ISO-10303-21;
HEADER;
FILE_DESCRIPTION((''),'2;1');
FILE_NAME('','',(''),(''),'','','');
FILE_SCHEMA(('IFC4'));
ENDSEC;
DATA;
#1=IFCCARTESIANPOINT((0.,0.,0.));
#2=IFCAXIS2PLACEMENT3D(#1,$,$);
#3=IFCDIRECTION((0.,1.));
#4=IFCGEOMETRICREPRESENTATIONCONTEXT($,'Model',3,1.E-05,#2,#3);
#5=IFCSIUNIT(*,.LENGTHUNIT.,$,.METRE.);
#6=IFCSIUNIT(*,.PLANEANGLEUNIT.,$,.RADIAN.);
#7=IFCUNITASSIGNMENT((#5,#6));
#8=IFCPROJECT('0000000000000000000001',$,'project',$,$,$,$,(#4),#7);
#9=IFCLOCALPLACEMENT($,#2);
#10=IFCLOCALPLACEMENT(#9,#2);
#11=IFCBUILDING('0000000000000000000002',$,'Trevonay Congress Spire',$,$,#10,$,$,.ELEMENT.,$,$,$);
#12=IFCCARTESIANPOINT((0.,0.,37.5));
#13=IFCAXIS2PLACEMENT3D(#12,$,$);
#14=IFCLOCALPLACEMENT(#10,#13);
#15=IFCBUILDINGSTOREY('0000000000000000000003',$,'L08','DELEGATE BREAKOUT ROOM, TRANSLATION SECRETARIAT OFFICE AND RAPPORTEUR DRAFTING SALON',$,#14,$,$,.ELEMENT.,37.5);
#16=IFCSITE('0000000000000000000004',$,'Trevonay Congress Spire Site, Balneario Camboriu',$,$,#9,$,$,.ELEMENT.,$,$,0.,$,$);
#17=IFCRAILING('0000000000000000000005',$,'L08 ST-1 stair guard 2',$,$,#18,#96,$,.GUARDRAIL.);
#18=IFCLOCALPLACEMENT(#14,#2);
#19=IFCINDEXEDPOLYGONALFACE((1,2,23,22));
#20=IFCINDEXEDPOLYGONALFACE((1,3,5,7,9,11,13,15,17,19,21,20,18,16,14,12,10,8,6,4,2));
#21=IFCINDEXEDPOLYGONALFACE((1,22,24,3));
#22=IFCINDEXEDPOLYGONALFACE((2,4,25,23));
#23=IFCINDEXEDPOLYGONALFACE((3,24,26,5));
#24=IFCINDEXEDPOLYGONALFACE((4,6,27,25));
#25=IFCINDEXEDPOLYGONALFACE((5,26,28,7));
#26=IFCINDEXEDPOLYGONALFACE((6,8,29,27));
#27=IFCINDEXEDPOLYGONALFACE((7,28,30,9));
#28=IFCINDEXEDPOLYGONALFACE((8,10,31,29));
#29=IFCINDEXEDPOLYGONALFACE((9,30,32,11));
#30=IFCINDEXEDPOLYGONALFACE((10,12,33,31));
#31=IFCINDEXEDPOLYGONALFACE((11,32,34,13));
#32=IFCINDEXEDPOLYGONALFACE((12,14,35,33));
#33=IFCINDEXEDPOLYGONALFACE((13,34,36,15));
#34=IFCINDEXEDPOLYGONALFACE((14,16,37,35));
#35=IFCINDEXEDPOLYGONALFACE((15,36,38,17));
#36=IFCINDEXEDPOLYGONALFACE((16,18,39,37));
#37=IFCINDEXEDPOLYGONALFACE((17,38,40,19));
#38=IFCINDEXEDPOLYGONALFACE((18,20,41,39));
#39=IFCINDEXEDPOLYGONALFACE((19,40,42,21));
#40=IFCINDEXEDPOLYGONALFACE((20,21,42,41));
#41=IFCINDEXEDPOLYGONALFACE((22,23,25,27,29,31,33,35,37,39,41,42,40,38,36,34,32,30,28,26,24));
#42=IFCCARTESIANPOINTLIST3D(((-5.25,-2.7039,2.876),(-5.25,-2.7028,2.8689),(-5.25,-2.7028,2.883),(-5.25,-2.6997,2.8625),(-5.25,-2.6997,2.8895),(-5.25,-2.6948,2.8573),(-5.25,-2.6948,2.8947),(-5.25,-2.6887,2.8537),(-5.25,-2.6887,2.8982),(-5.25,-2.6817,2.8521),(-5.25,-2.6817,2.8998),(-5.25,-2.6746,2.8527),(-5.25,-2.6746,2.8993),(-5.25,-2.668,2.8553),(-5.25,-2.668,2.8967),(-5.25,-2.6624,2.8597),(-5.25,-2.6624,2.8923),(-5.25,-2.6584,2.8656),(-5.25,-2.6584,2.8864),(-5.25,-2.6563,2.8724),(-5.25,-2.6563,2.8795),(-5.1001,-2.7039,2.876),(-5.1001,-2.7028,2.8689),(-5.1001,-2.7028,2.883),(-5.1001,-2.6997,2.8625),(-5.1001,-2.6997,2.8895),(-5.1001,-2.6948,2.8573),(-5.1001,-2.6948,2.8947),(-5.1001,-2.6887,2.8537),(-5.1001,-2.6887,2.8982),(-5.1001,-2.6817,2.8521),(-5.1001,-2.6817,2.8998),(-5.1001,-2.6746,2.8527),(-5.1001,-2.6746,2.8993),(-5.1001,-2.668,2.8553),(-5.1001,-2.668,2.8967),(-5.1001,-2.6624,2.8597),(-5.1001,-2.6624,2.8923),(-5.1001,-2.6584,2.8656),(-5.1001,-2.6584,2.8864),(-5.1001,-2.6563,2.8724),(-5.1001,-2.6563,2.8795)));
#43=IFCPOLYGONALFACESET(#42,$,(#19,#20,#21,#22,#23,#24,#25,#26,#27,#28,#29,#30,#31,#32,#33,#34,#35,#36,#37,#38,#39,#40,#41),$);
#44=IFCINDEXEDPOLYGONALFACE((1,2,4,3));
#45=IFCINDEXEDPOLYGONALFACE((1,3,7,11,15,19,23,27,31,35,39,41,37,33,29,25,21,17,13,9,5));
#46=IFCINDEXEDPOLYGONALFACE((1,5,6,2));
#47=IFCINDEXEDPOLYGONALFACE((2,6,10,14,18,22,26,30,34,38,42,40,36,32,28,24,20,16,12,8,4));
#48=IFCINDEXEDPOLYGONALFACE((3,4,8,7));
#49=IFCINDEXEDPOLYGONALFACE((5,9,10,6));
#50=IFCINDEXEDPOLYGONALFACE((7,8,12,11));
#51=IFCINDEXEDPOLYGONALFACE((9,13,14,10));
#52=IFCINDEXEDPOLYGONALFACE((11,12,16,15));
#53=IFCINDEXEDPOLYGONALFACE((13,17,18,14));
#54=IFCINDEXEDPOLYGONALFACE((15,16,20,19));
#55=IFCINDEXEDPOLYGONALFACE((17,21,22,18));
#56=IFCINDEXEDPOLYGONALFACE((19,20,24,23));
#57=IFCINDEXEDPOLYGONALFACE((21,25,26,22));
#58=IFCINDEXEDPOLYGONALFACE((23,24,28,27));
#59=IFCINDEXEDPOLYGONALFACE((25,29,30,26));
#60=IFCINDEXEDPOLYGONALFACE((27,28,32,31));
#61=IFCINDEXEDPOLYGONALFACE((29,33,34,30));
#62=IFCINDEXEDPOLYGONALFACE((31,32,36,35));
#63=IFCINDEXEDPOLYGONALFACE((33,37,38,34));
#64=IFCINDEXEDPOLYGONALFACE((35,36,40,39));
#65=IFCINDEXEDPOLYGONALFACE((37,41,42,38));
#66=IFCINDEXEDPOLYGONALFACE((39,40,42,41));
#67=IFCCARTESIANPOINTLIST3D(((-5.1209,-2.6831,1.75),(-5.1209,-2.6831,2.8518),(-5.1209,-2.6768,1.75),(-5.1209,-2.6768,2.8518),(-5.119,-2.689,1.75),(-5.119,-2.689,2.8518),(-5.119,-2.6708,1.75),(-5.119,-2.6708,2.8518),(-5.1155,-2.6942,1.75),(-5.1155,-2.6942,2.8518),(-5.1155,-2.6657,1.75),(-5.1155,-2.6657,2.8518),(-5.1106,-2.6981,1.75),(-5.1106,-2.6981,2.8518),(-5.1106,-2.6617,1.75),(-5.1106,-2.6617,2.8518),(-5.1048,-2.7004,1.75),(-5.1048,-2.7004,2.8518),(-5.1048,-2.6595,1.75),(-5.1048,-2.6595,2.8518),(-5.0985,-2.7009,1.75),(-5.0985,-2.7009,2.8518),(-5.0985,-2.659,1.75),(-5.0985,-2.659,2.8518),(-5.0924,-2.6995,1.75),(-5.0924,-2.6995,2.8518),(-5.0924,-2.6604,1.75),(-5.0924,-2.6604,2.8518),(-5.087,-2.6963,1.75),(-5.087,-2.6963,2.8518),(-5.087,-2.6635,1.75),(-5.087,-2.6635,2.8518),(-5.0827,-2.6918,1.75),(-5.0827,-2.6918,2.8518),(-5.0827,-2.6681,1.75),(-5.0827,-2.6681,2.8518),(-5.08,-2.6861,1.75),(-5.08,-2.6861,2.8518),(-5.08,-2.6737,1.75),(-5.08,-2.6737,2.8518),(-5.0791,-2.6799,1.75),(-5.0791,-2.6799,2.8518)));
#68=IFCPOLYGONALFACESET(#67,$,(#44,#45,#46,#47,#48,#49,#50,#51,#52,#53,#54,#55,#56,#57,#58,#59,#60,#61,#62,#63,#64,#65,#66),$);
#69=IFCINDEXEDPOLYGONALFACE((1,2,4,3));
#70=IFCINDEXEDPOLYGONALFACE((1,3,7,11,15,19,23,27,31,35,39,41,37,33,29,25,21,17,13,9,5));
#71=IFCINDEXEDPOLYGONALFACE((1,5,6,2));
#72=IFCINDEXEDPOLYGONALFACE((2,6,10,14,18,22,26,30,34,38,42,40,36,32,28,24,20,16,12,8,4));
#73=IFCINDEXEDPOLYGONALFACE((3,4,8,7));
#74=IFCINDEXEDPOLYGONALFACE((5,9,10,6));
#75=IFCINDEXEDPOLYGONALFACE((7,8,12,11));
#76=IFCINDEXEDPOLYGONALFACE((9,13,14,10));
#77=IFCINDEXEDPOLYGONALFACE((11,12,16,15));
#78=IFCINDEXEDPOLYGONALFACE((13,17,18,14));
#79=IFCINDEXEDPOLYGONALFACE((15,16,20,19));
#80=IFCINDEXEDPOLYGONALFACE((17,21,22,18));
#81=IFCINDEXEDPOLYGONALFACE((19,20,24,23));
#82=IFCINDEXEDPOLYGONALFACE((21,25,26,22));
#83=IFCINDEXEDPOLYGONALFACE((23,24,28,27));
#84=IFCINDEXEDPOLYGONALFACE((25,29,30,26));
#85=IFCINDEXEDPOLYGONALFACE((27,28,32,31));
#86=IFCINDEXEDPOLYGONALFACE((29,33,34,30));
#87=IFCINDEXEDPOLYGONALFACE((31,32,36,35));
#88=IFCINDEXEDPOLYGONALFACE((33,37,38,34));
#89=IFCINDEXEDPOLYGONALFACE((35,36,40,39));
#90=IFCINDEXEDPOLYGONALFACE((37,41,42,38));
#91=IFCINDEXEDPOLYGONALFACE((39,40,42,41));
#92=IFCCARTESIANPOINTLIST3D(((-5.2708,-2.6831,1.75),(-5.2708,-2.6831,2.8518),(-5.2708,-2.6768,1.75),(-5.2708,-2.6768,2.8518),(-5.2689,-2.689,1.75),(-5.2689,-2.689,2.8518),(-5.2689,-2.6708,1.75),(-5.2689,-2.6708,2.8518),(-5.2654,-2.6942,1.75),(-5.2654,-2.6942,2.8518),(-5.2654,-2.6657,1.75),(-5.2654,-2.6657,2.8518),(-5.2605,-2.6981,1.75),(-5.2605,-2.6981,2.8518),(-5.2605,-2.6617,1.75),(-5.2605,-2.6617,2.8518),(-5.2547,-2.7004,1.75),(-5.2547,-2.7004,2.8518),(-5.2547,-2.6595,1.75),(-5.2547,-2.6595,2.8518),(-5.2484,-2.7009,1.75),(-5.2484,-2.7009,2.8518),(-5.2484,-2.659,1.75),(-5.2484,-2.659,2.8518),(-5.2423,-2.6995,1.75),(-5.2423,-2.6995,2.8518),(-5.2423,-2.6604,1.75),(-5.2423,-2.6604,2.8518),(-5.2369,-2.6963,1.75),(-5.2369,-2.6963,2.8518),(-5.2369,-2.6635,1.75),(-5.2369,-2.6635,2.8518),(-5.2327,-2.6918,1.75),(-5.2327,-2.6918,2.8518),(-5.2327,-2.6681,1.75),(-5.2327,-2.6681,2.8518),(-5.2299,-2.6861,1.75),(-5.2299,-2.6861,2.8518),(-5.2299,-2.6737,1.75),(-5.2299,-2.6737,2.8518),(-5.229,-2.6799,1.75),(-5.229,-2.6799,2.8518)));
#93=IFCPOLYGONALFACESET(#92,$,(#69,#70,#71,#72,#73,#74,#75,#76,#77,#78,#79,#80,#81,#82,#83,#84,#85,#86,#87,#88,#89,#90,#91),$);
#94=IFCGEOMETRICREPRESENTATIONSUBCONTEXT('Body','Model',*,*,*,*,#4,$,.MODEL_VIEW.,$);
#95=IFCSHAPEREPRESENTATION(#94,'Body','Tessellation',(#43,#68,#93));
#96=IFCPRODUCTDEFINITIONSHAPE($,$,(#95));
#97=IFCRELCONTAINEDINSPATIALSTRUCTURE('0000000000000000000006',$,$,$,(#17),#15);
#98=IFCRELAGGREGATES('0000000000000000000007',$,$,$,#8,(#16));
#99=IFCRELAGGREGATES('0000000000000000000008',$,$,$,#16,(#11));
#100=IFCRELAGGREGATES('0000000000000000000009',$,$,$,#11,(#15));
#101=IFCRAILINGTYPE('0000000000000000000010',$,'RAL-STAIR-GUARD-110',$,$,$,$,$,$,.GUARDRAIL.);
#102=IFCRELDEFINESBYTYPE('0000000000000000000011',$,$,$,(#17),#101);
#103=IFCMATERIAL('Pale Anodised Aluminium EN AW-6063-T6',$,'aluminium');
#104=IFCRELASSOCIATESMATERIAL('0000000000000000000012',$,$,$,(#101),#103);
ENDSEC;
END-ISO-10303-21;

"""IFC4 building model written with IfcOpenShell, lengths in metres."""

from ifc_helpers import new_model, si_unit, direction, frame, origin, origin_2d, place, context, subcontext, project, spatial, circle, extrude, material, type_object, element, save


model = new_model("IFC4")

# Units and contexts
model_context = context("Model", 3, precision=1e-05, world=origin(), true_north=direction((0.0, 1.0)))
body_context = subcontext(model_context, "Body", "Model", "MODEL_VIEW")
ifc_project = project(units=[si_unit("LENGTHUNIT", "METRE"), si_unit("PLANEANGLEUNIT", "RADIAN")], contexts=[model_context])

# Site, building, storey
site_placement = place(None, origin())
site = spatial("IfcSite", under=ifc_project, at=site_placement, Name="Trevonay Congress Spire Site, Balneario Camboriu", CompositionType="ELEMENT", RefElevation=0.0)
building_placement = place(site_placement, origin())
building = spatial("IfcBuilding", under=site, at=building_placement, Name="Trevonay Congress Spire", CompositionType="ELEMENT")
storey_placement = place(building_placement, frame((0.0, 0.0, 37.5)))
storey = spatial("IfcBuildingStorey", under=building, at=storey_placement, Name="L08", Description="DELEGATE BREAKOUT ROOM, TRANSLATION SECRETARIAT OFFICE AND RAPPORTEUR DRAFTING SALON", CompositionType="ELEMENT", Elevation=37.5)

# Shared definitions
ifc_material_1 = material(Name="Pale Anodised Aluminium EN AW-6063-T6", Category="aluminium")

# Railing
railing_type_1 = type_object("IfcRailingType", Name="RAL-STAIR-GUARD-110", PredefinedType="GUARDRAIL", material=ifc_material_1)
railing_1_placement = place(storey_placement, frame((-5.1001, -2.6799, 1.75)))
element("IfcRailing", 1, at=railing_1_placement, inside=storey, type_object=railing_type_1, Name="L08 ST-1 stair guard 2", PredefinedType="GUARDRAIL", context=body_context, shape_type="SweptSolid", body=[
    extrude(circle(Radius=0.0239, at=origin_2d()), frame((0.0, 0.0, 1.126), z_axis=(-1.0, 0.0, 0.0), x_axis=(0.0, -1.0, 0.0)), (0.0, 0.0, 1.0), 0.1499),
    extrude(circle(Radius=0.021, at=origin_2d()), origin(), (0.0, 0.0, 1.0), 1.1018),
    extrude(circle(Radius=0.021, at=origin_2d()), frame((-0.1499, 0.0, 0.0)), (0.0, 0.0, 1.0), 1.1018),
])

save(model, "model.ifc")
